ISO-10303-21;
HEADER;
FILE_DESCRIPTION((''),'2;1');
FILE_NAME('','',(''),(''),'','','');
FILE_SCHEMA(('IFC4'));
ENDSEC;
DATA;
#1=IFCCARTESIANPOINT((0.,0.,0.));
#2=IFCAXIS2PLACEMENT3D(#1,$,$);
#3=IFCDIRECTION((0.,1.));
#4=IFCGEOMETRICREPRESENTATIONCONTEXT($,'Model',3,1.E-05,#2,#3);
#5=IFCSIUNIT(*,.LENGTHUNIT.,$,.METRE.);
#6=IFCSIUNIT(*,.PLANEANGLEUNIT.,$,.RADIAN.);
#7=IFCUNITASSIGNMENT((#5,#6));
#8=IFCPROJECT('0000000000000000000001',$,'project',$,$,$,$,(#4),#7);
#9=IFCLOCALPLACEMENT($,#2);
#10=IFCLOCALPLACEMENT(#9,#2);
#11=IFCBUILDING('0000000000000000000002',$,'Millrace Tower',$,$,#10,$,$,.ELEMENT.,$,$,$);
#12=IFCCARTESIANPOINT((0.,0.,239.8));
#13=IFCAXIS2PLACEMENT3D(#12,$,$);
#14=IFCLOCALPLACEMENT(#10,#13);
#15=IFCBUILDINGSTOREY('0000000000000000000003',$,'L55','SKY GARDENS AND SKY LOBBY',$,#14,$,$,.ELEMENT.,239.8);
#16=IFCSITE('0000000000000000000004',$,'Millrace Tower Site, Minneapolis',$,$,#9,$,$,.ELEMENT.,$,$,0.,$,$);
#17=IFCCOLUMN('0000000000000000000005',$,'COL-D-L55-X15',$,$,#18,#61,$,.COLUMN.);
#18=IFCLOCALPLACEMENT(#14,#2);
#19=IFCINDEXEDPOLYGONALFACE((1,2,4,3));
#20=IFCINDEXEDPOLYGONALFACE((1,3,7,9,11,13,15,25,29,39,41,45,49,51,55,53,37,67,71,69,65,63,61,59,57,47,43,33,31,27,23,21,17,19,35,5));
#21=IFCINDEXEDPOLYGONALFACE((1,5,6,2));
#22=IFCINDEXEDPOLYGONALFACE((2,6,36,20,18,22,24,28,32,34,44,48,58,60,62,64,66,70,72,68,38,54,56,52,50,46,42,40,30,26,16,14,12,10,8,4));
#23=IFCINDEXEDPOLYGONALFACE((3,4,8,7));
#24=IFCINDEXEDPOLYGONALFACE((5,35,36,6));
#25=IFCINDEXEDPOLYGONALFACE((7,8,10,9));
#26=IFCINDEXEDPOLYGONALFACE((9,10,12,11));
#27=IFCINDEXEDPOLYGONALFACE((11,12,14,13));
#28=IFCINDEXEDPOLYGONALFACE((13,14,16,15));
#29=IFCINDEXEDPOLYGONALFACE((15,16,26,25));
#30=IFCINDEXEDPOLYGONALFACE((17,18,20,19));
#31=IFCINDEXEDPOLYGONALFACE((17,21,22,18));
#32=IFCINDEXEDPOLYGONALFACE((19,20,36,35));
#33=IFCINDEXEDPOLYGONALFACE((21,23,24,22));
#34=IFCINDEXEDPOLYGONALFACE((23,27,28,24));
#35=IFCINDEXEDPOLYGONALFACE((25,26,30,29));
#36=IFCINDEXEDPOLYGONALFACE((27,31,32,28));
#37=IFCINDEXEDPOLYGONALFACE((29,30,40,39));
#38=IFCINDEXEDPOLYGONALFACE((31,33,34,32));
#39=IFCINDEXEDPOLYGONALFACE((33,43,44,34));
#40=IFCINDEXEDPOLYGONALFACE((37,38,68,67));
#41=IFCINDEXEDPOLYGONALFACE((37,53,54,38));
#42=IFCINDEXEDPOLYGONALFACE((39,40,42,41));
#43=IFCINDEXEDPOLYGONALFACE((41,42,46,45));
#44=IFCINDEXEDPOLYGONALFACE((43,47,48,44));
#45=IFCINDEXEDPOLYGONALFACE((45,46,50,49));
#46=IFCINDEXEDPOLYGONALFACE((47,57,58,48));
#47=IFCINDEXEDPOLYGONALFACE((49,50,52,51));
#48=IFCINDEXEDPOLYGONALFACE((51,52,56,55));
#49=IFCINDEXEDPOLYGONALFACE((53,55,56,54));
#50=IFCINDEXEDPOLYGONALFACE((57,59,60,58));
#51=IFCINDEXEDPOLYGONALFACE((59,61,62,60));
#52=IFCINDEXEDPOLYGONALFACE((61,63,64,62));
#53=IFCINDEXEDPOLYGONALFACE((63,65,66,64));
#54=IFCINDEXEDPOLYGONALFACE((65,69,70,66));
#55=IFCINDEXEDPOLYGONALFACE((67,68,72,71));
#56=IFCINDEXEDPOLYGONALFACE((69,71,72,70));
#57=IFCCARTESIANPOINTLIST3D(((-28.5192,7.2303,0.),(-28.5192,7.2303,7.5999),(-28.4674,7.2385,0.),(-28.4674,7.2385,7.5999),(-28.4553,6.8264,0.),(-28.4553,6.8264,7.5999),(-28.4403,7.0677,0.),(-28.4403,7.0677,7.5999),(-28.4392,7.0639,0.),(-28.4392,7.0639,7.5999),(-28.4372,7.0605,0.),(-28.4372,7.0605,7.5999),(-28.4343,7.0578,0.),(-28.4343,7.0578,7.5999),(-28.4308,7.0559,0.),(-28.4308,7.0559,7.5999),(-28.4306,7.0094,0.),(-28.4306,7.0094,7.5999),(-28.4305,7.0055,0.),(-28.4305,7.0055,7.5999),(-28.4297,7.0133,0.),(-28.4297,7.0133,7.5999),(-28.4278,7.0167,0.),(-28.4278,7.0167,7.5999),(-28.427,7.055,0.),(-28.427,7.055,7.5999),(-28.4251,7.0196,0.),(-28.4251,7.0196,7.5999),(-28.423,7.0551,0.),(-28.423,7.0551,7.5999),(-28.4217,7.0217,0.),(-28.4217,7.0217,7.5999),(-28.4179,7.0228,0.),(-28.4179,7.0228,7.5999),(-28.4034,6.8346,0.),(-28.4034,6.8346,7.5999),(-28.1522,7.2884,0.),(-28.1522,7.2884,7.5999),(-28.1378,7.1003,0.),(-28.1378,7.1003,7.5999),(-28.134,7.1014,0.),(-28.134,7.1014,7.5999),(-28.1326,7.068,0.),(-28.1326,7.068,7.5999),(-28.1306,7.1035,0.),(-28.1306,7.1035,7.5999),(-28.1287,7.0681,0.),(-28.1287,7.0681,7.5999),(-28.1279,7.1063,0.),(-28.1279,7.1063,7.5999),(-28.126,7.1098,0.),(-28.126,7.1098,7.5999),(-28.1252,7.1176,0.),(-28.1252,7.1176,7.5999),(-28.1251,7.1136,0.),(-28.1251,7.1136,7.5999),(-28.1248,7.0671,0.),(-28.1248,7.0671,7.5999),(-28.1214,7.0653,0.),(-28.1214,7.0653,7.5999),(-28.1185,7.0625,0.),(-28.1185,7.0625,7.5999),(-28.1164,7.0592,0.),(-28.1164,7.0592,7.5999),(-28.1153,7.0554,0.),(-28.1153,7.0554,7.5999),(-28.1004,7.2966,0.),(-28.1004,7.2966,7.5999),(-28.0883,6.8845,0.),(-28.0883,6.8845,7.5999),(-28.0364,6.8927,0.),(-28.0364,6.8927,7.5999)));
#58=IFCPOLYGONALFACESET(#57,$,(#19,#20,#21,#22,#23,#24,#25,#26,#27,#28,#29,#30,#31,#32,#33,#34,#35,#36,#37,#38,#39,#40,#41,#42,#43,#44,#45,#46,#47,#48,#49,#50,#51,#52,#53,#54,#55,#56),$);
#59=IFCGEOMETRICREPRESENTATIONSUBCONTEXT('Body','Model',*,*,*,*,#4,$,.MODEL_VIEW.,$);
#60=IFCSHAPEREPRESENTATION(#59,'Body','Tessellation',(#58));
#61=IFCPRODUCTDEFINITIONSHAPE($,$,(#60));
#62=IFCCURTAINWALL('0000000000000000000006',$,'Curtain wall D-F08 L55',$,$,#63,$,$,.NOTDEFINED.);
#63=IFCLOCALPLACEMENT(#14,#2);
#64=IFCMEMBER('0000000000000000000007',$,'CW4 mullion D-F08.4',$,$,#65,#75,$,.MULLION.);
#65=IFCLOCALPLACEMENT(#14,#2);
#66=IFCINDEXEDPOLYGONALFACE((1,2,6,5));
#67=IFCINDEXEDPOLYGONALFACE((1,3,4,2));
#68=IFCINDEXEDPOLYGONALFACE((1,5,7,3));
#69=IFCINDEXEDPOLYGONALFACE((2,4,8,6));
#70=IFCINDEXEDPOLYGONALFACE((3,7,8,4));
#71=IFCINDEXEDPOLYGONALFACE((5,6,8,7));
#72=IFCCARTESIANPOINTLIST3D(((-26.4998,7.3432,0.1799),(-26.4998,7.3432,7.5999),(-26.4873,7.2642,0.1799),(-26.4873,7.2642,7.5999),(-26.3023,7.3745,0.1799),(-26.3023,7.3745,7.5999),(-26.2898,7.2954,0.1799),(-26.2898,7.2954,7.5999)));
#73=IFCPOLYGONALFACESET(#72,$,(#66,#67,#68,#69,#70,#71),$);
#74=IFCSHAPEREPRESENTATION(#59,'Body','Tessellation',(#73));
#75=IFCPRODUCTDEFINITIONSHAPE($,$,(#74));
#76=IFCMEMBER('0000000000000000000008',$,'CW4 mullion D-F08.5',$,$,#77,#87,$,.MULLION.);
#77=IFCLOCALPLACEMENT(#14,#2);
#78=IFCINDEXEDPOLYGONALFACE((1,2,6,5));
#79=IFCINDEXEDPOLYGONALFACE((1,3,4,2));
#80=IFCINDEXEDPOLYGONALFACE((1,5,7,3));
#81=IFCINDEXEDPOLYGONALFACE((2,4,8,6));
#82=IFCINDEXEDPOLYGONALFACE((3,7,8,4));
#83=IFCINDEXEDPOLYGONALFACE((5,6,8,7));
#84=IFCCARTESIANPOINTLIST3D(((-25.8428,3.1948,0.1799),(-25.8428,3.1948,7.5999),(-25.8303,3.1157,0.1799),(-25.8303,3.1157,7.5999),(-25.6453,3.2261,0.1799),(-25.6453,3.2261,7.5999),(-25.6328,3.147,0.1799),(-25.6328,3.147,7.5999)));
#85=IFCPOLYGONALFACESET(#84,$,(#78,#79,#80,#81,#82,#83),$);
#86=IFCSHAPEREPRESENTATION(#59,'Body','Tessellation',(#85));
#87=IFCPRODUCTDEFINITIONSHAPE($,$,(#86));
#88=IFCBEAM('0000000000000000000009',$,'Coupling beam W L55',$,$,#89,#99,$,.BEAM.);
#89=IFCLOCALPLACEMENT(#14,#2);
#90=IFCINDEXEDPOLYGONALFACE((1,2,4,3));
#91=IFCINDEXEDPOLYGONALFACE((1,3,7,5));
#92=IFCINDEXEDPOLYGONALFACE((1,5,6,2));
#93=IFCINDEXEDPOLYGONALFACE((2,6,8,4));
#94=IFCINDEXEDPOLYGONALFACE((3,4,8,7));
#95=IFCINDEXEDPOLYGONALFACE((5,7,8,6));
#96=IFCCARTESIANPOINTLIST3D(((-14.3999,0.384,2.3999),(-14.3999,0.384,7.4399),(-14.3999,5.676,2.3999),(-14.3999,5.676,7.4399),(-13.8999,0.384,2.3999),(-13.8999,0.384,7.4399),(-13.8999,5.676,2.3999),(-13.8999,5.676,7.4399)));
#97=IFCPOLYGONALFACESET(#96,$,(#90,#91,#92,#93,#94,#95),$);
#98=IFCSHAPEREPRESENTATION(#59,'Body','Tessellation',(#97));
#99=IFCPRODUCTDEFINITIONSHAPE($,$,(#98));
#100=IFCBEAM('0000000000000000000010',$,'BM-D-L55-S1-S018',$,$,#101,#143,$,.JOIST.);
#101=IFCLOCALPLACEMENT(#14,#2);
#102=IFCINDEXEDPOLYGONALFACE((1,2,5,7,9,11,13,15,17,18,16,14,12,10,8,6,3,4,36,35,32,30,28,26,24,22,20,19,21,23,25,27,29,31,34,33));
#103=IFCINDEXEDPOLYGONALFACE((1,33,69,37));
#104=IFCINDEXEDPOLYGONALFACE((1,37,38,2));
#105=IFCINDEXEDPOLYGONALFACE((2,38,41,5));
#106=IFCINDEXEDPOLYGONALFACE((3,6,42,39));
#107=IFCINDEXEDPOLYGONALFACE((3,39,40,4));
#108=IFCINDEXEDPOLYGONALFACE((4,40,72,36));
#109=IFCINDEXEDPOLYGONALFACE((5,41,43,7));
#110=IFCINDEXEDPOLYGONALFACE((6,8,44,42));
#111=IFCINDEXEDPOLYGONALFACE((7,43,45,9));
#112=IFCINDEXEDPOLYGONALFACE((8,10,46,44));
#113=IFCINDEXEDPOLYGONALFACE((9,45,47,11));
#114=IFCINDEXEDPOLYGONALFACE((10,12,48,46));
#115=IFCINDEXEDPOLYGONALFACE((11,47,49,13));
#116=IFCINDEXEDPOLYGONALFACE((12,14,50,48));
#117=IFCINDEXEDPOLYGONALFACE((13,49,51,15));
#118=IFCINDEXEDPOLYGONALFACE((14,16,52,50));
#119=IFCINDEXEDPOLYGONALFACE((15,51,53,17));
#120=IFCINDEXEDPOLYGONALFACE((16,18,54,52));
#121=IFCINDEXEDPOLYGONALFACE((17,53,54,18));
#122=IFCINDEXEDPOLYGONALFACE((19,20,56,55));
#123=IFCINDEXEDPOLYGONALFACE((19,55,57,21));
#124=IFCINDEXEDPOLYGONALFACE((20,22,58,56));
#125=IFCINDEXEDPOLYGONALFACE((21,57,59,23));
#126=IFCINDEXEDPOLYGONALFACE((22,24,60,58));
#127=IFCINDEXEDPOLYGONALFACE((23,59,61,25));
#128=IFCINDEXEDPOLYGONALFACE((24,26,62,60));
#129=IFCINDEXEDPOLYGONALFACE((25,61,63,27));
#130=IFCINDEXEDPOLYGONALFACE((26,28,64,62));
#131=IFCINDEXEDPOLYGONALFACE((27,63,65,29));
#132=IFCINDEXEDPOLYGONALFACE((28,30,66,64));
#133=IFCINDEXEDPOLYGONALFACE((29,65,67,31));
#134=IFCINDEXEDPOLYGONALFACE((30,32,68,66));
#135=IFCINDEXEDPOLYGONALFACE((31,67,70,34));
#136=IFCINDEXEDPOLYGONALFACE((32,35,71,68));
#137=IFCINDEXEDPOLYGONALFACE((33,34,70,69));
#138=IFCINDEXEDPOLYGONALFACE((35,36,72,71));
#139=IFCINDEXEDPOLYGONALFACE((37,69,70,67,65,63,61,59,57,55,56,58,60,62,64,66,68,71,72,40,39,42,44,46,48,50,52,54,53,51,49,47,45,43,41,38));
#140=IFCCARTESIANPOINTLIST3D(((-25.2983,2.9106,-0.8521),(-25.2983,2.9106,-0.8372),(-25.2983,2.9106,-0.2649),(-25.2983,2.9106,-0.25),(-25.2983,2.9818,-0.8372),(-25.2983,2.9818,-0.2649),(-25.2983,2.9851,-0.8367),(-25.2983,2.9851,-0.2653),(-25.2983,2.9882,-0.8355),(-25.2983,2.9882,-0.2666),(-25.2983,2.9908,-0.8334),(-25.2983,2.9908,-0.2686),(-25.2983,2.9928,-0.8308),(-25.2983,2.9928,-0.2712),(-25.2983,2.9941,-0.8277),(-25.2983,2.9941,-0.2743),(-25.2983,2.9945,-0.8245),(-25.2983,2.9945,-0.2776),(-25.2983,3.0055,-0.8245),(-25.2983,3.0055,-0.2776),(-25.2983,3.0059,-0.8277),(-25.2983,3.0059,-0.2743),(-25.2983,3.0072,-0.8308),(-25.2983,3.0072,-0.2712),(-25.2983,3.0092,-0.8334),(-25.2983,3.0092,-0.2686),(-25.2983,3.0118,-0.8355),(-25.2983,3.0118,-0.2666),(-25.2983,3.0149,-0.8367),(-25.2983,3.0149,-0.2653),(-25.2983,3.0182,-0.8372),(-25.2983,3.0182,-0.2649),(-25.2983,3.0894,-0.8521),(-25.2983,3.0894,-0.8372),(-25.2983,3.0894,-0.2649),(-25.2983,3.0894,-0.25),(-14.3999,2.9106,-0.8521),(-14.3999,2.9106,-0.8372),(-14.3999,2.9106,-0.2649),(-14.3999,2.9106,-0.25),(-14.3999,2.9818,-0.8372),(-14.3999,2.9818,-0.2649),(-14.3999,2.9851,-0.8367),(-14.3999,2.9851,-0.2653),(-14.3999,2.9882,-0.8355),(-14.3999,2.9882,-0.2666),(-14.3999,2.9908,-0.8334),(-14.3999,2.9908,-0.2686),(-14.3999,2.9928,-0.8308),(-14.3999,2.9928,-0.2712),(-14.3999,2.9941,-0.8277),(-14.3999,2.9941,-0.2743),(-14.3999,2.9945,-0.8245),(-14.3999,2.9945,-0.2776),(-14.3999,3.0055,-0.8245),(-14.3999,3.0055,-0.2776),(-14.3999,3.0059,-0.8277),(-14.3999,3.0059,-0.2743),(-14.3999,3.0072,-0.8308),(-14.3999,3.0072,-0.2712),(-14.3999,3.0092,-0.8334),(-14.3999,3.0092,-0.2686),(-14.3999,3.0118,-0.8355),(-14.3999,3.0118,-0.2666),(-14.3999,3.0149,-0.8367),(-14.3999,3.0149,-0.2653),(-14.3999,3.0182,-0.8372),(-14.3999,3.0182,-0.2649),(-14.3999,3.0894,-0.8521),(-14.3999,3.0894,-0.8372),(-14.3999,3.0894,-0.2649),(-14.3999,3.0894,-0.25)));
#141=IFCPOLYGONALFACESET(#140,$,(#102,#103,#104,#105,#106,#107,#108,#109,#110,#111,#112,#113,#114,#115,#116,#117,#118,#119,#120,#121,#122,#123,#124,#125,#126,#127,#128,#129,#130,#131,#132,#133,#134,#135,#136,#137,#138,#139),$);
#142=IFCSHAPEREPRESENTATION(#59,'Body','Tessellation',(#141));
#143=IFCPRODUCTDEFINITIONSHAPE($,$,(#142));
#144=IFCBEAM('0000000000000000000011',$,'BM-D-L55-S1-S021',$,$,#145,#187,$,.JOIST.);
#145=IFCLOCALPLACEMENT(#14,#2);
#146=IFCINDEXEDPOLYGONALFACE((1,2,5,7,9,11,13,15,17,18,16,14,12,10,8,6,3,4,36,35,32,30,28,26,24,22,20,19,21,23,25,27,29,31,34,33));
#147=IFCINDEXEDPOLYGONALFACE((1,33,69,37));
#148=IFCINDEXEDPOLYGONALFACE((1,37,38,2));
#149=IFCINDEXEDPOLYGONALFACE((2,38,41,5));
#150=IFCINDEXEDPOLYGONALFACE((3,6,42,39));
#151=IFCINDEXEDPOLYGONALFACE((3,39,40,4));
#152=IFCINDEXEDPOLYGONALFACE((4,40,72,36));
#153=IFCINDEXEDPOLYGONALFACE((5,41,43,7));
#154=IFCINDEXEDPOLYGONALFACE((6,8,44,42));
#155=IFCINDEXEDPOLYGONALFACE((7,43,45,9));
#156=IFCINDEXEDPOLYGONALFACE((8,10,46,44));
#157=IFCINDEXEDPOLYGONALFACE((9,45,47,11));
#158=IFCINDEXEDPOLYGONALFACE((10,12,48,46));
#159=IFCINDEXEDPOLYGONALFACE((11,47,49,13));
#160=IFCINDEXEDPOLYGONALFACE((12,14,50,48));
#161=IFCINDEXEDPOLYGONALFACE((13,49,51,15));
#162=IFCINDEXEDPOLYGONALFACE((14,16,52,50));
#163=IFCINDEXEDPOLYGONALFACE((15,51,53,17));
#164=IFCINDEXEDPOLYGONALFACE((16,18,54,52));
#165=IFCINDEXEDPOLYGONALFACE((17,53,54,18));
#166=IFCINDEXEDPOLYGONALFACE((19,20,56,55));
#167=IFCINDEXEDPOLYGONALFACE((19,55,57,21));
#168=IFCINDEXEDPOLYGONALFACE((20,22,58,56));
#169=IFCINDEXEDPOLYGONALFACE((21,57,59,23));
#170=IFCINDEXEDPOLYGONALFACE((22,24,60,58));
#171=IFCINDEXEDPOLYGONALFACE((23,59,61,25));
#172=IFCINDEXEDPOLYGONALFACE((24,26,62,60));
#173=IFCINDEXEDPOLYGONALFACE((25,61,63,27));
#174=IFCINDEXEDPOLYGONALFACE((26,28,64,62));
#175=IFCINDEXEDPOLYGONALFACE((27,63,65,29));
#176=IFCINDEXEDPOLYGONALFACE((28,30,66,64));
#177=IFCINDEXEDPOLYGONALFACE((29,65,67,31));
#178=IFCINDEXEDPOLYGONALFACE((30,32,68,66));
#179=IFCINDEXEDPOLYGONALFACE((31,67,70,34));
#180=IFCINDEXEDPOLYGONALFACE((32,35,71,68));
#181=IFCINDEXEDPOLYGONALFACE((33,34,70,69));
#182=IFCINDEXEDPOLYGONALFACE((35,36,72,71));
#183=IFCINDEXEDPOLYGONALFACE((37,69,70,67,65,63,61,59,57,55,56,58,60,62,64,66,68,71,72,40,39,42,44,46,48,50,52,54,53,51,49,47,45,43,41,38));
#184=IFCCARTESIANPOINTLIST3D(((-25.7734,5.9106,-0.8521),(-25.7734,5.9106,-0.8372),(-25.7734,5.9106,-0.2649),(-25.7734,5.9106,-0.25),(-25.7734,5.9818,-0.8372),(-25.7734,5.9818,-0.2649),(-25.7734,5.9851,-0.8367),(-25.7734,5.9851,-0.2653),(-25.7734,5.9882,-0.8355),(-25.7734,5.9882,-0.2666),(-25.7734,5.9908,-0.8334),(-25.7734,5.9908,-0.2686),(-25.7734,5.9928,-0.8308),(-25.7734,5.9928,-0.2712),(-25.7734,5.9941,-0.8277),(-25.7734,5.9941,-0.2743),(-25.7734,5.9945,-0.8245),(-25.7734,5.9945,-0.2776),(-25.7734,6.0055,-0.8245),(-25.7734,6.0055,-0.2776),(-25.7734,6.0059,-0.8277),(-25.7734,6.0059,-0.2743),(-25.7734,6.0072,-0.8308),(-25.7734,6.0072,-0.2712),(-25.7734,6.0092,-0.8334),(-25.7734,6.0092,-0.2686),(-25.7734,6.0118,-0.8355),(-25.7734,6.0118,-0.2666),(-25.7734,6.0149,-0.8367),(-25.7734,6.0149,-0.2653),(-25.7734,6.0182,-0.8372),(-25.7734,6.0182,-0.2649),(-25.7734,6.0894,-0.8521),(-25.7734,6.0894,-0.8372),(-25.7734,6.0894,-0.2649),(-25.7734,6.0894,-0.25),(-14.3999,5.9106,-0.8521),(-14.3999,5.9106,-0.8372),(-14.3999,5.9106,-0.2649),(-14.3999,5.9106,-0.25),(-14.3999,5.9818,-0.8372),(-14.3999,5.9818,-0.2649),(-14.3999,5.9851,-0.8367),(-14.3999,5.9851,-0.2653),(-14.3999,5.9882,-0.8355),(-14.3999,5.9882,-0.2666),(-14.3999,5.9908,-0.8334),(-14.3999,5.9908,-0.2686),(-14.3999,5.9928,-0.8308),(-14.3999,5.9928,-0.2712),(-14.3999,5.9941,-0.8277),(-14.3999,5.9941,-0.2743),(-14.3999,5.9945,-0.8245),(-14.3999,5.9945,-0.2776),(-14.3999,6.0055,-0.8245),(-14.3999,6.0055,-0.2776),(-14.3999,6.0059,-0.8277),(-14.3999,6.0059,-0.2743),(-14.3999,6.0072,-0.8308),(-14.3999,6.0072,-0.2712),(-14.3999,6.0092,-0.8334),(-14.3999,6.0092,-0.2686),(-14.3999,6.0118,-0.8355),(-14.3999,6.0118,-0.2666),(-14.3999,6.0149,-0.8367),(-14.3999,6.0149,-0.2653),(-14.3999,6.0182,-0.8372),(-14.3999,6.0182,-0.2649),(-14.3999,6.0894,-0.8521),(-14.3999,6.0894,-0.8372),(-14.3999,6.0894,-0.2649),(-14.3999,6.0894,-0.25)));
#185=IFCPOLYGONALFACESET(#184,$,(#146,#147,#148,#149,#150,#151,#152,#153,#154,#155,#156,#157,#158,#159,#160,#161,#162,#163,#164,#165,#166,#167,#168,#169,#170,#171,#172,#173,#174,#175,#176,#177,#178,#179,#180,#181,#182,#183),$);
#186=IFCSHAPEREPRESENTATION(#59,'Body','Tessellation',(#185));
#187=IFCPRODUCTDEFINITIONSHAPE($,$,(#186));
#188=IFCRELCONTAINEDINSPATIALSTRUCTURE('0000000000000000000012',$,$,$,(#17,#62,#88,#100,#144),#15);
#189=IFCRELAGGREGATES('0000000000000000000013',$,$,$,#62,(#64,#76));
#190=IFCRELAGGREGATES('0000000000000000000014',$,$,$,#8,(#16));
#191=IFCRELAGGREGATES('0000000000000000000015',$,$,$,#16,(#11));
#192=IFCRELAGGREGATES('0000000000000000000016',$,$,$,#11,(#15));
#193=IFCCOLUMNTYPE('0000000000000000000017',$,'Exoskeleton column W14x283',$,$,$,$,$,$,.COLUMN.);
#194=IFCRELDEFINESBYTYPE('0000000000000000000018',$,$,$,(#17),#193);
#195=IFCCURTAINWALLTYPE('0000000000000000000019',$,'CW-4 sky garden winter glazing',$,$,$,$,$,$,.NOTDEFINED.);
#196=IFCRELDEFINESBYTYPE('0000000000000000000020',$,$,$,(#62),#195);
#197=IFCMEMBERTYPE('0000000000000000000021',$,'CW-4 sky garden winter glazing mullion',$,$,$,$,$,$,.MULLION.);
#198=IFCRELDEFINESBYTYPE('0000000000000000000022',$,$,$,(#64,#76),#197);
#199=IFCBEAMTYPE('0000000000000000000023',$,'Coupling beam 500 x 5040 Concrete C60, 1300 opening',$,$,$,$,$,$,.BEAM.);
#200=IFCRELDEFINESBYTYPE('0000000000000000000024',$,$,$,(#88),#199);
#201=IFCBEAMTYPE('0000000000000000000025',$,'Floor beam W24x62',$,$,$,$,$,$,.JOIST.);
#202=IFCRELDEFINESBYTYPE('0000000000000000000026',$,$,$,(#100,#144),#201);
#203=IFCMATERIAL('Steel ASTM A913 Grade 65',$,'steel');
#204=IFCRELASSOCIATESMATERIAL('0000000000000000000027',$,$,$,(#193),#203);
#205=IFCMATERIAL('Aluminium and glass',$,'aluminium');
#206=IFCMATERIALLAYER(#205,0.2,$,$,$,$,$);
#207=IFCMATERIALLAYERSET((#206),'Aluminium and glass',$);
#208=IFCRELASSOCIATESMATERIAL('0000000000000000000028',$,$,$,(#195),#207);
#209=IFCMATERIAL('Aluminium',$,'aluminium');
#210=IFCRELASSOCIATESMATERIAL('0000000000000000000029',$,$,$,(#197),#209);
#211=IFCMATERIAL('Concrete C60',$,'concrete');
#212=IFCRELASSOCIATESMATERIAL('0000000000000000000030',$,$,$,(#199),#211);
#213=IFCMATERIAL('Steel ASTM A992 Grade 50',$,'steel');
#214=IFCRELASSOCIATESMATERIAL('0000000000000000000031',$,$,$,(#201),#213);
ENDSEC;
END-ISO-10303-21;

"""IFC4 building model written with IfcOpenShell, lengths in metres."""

from ifc_helpers import new_model, si_unit, direction, frame, origin, origin_2d, place, context, subcontext, project, spatial, rectangle, i_section, extrude, material, layer, layer_set, material_profile, profile_set, type_object, element, aggregate, save


model = new_model("IFC4")

# Units and contexts
model_context = context("Model", 3, precision=1e-05, world=origin(), true_north=direction((0.0, 1.0)))
body_context = subcontext(model_context, "Body", "Model", "MODEL_VIEW")
ifc_project = project(units=[si_unit("LENGTHUNIT", "METRE"), si_unit("PLANEANGLEUNIT", "RADIAN")], contexts=[model_context])

# Site, building, storey
site_placement = place(None, origin())
site = spatial("IfcSite", under=ifc_project, at=site_placement, Name="Millrace Tower Site, Minneapolis", CompositionType="ELEMENT", RefElevation=0.0)
building_placement = place(site_placement, origin())
building = spatial("IfcBuilding", under=site, at=building_placement, Name="Millrace Tower", CompositionType="ELEMENT")
storey_placement = place(building_placement, frame((0.0, 0.0, 239.8)))
storey = spatial("IfcBuildingStorey", under=building, at=storey_placement, Name="L55", Description="SKY GARDENS AND SKY LOBBY", CompositionType="ELEMENT", Elevation=239.8)

# Column
ifc_material_1 = material(Name="Steel ASTM A913 Grade 65", Category="steel")
ifc_material_profile_1 = material_profile(ifc_material_1, i_section(OverallWidth=0.4089, OverallDepth=0.4241, WebThickness=0.0327, FlangeThickness=0.0525, FilletRadius=0.0151, at=origin_2d()))
ifc_profile_set_1 = profile_set([ifc_material_profile_1], Name="Steel ASTM A913 Grade 65")
column_type = type_object("IfcColumnType", Name="Exoskeleton column W14x283", PredefinedType="COLUMN", material=ifc_profile_set_1)
column_placement = place(storey_placement, frame((-28.2778, 7.0615, 0.0), z_axis=(0.0, 0.0, 1.0), x_axis=(0.156434, -0.987688, 0.0)))
element("IfcColumn", 1, at=column_placement, inside=storey, type_object=column_type, Name="COL-D-L55-X15", PredefinedType="COLUMN", context=body_context, shape_type="SweptSolid", body=[
    extrude(i_section(OverallWidth=0.4089, OverallDepth=0.4241, WebThickness=0.0327, FlangeThickness=0.0525, FilletRadius=0.0151, at=origin_2d()), origin(), (0.0, 0.0, 1.0), 7.5999),
])

# Curtain wall, members
ifc_material_2 = material(Name="Aluminium and glass", Category="aluminium")
ifc_layer_1 = layer(ifc_material_2, 0.2)
ifc_layer_set_1 = layer_set([ifc_layer_1], Name="Aluminium and glass")
curtain_wall_type = type_object("IfcCurtainWallType", Name="CW-4 sky garden winter glazing", PredefinedType="NOTDEFINED", material=ifc_layer_set_1)
placement = place(storey_placement, origin())
curtain_wall = element("IfcCurtainWall", 2, at=placement, inside=storey, type_object=curtain_wall_type, Name="Curtain wall D-F08 L55", PredefinedType="NOTDEFINED")
ifc_material_3 = material(Name="Aluminium", Category="aluminium")
ifc_material_profile_2 = material_profile(ifc_material_3, rectangle(XDim=0.0801, YDim=0.2, at=origin_2d()))
ifc_profile_set_2 = profile_set([ifc_material_profile_2], Name="Aluminium")
member_type = type_object("IfcMemberType", Name="CW-4 sky garden winter glazing mullion", PredefinedType="MULLION", material=ifc_profile_set_2)
member_1_placement = place(storey_placement, frame((-26.3948, 7.3193, 0.1799), z_axis=(0.0, 0.0, 1.0), x_axis=(0.156434, -0.987688, 0.0)))
member_1 = element("IfcMember", 3, at=member_1_placement, type_object=member_type, Name="CW4 mullion D-F08.4", PredefinedType="MULLION", context=body_context, shape_type="SweptSolid", body=[
    extrude(rectangle(XDim=0.0801, YDim=0.2, at=origin_2d()), origin(), (0.0, 0.0, 1.0), 7.4199),
])
member_2_placement = place(storey_placement, frame((-25.7378, 3.1709, 0.1799), z_axis=(0.0, 0.0, 1.0), x_axis=(0.156434, -0.987688, 0.0)))
member_2 = element("IfcMember", 4, at=member_2_placement, type_object=member_type, Name="CW4 mullion D-F08.5", PredefinedType="MULLION", context=body_context, shape_type="SweptSolid", body=[
    extrude(rectangle(XDim=0.0801, YDim=0.2, at=origin_2d()), origin(), (0.0, 0.0, 1.0), 7.4199),
])
aggregate(curtain_wall, [member_1, member_2])

# Beams
ifc_material_4 = material(Name="Concrete C60", Category="concrete")
ifc_material_profile_3 = material_profile(ifc_material_4, rectangle(XDim=0.5, YDim=5.04, at=origin_2d()))
ifc_profile_set_3 = profile_set([ifc_material_profile_3], Name="Concrete C60")
beam_type_1 = type_object("IfcBeamType", Name="Coupling beam 500 x 5040 Concrete C60, 1300 opening", PredefinedType="BEAM", material=ifc_profile_set_3)
beam_1_placement = place(storey_placement, frame((-14.1499, 0.384, 4.9199), z_axis=(0.0, 1.0, 0.0), x_axis=(-1.0, 0.0, 0.0)))
element("IfcBeam", 5, at=beam_1_placement, inside=storey, type_object=beam_type_1, Name="Coupling beam W L55", PredefinedType="BEAM", context=body_context, shape_type="SweptSolid", body=[
    extrude(rectangle(XDim=0.5, YDim=5.04, at=origin_2d()), origin(), (0.0, 0.0, 1.0), 5.292),
])
ifc_material_5 = material(Name="Steel ASTM A992 Grade 50", Category="steel")
ifc_material_profile_4 = material_profile(ifc_material_5, i_section(OverallWidth=0.1787, OverallDepth=0.6021, WebThickness=0.011, FlangeThickness=0.0149, FilletRadius=0.0127, at=origin_2d()))
ifc_profile_set_4 = profile_set([ifc_material_profile_4], Name="Steel ASTM A992 Grade 50")
beam_type_2 = type_object("IfcBeamType", Name="Floor beam W24x62", PredefinedType="JOIST", material=ifc_profile_set_4)
beam_2_placement = place(storey_placement, frame((-25.2983, 3.0, -0.551), z_axis=(1.0, 0.0, 0.0), x_axis=(0.0, 1.0, 0.0)))
element("IfcBeam", 6, at=beam_2_placement, inside=storey, type_object=beam_type_2, Name="BM-D-L55-S1-S018", PredefinedType="JOIST", context=body_context, shape_type="SweptSolid", body=[
    extrude(i_section(OverallWidth=0.1787, OverallDepth=0.6021, WebThickness=0.011, FlangeThickness=0.0149, FilletRadius=0.0127, at=origin_2d()), origin(), (0.0, 0.0, 1.0), 10.8984),
])
beam_3_placement = place(storey_placement, frame((-25.7734, 6.0, -0.551), z_axis=(1.0, 0.0, 0.0), x_axis=(0.0, 1.0, 0.0)))
element("IfcBeam", 7, at=beam_3_placement, inside=storey, type_object=beam_type_2, Name="BM-D-L55-S1-S021", PredefinedType="JOIST", context=body_context, shape_type="SweptSolid", body=[
    extrude(i_section(OverallWidth=0.1787, OverallDepth=0.6021, WebThickness=0.011, FlangeThickness=0.0149, FilletRadius=0.0127, at=origin_2d()), origin(), (0.0, 0.0, 1.0), 11.3735),
])

save(model, "model.ifc")
